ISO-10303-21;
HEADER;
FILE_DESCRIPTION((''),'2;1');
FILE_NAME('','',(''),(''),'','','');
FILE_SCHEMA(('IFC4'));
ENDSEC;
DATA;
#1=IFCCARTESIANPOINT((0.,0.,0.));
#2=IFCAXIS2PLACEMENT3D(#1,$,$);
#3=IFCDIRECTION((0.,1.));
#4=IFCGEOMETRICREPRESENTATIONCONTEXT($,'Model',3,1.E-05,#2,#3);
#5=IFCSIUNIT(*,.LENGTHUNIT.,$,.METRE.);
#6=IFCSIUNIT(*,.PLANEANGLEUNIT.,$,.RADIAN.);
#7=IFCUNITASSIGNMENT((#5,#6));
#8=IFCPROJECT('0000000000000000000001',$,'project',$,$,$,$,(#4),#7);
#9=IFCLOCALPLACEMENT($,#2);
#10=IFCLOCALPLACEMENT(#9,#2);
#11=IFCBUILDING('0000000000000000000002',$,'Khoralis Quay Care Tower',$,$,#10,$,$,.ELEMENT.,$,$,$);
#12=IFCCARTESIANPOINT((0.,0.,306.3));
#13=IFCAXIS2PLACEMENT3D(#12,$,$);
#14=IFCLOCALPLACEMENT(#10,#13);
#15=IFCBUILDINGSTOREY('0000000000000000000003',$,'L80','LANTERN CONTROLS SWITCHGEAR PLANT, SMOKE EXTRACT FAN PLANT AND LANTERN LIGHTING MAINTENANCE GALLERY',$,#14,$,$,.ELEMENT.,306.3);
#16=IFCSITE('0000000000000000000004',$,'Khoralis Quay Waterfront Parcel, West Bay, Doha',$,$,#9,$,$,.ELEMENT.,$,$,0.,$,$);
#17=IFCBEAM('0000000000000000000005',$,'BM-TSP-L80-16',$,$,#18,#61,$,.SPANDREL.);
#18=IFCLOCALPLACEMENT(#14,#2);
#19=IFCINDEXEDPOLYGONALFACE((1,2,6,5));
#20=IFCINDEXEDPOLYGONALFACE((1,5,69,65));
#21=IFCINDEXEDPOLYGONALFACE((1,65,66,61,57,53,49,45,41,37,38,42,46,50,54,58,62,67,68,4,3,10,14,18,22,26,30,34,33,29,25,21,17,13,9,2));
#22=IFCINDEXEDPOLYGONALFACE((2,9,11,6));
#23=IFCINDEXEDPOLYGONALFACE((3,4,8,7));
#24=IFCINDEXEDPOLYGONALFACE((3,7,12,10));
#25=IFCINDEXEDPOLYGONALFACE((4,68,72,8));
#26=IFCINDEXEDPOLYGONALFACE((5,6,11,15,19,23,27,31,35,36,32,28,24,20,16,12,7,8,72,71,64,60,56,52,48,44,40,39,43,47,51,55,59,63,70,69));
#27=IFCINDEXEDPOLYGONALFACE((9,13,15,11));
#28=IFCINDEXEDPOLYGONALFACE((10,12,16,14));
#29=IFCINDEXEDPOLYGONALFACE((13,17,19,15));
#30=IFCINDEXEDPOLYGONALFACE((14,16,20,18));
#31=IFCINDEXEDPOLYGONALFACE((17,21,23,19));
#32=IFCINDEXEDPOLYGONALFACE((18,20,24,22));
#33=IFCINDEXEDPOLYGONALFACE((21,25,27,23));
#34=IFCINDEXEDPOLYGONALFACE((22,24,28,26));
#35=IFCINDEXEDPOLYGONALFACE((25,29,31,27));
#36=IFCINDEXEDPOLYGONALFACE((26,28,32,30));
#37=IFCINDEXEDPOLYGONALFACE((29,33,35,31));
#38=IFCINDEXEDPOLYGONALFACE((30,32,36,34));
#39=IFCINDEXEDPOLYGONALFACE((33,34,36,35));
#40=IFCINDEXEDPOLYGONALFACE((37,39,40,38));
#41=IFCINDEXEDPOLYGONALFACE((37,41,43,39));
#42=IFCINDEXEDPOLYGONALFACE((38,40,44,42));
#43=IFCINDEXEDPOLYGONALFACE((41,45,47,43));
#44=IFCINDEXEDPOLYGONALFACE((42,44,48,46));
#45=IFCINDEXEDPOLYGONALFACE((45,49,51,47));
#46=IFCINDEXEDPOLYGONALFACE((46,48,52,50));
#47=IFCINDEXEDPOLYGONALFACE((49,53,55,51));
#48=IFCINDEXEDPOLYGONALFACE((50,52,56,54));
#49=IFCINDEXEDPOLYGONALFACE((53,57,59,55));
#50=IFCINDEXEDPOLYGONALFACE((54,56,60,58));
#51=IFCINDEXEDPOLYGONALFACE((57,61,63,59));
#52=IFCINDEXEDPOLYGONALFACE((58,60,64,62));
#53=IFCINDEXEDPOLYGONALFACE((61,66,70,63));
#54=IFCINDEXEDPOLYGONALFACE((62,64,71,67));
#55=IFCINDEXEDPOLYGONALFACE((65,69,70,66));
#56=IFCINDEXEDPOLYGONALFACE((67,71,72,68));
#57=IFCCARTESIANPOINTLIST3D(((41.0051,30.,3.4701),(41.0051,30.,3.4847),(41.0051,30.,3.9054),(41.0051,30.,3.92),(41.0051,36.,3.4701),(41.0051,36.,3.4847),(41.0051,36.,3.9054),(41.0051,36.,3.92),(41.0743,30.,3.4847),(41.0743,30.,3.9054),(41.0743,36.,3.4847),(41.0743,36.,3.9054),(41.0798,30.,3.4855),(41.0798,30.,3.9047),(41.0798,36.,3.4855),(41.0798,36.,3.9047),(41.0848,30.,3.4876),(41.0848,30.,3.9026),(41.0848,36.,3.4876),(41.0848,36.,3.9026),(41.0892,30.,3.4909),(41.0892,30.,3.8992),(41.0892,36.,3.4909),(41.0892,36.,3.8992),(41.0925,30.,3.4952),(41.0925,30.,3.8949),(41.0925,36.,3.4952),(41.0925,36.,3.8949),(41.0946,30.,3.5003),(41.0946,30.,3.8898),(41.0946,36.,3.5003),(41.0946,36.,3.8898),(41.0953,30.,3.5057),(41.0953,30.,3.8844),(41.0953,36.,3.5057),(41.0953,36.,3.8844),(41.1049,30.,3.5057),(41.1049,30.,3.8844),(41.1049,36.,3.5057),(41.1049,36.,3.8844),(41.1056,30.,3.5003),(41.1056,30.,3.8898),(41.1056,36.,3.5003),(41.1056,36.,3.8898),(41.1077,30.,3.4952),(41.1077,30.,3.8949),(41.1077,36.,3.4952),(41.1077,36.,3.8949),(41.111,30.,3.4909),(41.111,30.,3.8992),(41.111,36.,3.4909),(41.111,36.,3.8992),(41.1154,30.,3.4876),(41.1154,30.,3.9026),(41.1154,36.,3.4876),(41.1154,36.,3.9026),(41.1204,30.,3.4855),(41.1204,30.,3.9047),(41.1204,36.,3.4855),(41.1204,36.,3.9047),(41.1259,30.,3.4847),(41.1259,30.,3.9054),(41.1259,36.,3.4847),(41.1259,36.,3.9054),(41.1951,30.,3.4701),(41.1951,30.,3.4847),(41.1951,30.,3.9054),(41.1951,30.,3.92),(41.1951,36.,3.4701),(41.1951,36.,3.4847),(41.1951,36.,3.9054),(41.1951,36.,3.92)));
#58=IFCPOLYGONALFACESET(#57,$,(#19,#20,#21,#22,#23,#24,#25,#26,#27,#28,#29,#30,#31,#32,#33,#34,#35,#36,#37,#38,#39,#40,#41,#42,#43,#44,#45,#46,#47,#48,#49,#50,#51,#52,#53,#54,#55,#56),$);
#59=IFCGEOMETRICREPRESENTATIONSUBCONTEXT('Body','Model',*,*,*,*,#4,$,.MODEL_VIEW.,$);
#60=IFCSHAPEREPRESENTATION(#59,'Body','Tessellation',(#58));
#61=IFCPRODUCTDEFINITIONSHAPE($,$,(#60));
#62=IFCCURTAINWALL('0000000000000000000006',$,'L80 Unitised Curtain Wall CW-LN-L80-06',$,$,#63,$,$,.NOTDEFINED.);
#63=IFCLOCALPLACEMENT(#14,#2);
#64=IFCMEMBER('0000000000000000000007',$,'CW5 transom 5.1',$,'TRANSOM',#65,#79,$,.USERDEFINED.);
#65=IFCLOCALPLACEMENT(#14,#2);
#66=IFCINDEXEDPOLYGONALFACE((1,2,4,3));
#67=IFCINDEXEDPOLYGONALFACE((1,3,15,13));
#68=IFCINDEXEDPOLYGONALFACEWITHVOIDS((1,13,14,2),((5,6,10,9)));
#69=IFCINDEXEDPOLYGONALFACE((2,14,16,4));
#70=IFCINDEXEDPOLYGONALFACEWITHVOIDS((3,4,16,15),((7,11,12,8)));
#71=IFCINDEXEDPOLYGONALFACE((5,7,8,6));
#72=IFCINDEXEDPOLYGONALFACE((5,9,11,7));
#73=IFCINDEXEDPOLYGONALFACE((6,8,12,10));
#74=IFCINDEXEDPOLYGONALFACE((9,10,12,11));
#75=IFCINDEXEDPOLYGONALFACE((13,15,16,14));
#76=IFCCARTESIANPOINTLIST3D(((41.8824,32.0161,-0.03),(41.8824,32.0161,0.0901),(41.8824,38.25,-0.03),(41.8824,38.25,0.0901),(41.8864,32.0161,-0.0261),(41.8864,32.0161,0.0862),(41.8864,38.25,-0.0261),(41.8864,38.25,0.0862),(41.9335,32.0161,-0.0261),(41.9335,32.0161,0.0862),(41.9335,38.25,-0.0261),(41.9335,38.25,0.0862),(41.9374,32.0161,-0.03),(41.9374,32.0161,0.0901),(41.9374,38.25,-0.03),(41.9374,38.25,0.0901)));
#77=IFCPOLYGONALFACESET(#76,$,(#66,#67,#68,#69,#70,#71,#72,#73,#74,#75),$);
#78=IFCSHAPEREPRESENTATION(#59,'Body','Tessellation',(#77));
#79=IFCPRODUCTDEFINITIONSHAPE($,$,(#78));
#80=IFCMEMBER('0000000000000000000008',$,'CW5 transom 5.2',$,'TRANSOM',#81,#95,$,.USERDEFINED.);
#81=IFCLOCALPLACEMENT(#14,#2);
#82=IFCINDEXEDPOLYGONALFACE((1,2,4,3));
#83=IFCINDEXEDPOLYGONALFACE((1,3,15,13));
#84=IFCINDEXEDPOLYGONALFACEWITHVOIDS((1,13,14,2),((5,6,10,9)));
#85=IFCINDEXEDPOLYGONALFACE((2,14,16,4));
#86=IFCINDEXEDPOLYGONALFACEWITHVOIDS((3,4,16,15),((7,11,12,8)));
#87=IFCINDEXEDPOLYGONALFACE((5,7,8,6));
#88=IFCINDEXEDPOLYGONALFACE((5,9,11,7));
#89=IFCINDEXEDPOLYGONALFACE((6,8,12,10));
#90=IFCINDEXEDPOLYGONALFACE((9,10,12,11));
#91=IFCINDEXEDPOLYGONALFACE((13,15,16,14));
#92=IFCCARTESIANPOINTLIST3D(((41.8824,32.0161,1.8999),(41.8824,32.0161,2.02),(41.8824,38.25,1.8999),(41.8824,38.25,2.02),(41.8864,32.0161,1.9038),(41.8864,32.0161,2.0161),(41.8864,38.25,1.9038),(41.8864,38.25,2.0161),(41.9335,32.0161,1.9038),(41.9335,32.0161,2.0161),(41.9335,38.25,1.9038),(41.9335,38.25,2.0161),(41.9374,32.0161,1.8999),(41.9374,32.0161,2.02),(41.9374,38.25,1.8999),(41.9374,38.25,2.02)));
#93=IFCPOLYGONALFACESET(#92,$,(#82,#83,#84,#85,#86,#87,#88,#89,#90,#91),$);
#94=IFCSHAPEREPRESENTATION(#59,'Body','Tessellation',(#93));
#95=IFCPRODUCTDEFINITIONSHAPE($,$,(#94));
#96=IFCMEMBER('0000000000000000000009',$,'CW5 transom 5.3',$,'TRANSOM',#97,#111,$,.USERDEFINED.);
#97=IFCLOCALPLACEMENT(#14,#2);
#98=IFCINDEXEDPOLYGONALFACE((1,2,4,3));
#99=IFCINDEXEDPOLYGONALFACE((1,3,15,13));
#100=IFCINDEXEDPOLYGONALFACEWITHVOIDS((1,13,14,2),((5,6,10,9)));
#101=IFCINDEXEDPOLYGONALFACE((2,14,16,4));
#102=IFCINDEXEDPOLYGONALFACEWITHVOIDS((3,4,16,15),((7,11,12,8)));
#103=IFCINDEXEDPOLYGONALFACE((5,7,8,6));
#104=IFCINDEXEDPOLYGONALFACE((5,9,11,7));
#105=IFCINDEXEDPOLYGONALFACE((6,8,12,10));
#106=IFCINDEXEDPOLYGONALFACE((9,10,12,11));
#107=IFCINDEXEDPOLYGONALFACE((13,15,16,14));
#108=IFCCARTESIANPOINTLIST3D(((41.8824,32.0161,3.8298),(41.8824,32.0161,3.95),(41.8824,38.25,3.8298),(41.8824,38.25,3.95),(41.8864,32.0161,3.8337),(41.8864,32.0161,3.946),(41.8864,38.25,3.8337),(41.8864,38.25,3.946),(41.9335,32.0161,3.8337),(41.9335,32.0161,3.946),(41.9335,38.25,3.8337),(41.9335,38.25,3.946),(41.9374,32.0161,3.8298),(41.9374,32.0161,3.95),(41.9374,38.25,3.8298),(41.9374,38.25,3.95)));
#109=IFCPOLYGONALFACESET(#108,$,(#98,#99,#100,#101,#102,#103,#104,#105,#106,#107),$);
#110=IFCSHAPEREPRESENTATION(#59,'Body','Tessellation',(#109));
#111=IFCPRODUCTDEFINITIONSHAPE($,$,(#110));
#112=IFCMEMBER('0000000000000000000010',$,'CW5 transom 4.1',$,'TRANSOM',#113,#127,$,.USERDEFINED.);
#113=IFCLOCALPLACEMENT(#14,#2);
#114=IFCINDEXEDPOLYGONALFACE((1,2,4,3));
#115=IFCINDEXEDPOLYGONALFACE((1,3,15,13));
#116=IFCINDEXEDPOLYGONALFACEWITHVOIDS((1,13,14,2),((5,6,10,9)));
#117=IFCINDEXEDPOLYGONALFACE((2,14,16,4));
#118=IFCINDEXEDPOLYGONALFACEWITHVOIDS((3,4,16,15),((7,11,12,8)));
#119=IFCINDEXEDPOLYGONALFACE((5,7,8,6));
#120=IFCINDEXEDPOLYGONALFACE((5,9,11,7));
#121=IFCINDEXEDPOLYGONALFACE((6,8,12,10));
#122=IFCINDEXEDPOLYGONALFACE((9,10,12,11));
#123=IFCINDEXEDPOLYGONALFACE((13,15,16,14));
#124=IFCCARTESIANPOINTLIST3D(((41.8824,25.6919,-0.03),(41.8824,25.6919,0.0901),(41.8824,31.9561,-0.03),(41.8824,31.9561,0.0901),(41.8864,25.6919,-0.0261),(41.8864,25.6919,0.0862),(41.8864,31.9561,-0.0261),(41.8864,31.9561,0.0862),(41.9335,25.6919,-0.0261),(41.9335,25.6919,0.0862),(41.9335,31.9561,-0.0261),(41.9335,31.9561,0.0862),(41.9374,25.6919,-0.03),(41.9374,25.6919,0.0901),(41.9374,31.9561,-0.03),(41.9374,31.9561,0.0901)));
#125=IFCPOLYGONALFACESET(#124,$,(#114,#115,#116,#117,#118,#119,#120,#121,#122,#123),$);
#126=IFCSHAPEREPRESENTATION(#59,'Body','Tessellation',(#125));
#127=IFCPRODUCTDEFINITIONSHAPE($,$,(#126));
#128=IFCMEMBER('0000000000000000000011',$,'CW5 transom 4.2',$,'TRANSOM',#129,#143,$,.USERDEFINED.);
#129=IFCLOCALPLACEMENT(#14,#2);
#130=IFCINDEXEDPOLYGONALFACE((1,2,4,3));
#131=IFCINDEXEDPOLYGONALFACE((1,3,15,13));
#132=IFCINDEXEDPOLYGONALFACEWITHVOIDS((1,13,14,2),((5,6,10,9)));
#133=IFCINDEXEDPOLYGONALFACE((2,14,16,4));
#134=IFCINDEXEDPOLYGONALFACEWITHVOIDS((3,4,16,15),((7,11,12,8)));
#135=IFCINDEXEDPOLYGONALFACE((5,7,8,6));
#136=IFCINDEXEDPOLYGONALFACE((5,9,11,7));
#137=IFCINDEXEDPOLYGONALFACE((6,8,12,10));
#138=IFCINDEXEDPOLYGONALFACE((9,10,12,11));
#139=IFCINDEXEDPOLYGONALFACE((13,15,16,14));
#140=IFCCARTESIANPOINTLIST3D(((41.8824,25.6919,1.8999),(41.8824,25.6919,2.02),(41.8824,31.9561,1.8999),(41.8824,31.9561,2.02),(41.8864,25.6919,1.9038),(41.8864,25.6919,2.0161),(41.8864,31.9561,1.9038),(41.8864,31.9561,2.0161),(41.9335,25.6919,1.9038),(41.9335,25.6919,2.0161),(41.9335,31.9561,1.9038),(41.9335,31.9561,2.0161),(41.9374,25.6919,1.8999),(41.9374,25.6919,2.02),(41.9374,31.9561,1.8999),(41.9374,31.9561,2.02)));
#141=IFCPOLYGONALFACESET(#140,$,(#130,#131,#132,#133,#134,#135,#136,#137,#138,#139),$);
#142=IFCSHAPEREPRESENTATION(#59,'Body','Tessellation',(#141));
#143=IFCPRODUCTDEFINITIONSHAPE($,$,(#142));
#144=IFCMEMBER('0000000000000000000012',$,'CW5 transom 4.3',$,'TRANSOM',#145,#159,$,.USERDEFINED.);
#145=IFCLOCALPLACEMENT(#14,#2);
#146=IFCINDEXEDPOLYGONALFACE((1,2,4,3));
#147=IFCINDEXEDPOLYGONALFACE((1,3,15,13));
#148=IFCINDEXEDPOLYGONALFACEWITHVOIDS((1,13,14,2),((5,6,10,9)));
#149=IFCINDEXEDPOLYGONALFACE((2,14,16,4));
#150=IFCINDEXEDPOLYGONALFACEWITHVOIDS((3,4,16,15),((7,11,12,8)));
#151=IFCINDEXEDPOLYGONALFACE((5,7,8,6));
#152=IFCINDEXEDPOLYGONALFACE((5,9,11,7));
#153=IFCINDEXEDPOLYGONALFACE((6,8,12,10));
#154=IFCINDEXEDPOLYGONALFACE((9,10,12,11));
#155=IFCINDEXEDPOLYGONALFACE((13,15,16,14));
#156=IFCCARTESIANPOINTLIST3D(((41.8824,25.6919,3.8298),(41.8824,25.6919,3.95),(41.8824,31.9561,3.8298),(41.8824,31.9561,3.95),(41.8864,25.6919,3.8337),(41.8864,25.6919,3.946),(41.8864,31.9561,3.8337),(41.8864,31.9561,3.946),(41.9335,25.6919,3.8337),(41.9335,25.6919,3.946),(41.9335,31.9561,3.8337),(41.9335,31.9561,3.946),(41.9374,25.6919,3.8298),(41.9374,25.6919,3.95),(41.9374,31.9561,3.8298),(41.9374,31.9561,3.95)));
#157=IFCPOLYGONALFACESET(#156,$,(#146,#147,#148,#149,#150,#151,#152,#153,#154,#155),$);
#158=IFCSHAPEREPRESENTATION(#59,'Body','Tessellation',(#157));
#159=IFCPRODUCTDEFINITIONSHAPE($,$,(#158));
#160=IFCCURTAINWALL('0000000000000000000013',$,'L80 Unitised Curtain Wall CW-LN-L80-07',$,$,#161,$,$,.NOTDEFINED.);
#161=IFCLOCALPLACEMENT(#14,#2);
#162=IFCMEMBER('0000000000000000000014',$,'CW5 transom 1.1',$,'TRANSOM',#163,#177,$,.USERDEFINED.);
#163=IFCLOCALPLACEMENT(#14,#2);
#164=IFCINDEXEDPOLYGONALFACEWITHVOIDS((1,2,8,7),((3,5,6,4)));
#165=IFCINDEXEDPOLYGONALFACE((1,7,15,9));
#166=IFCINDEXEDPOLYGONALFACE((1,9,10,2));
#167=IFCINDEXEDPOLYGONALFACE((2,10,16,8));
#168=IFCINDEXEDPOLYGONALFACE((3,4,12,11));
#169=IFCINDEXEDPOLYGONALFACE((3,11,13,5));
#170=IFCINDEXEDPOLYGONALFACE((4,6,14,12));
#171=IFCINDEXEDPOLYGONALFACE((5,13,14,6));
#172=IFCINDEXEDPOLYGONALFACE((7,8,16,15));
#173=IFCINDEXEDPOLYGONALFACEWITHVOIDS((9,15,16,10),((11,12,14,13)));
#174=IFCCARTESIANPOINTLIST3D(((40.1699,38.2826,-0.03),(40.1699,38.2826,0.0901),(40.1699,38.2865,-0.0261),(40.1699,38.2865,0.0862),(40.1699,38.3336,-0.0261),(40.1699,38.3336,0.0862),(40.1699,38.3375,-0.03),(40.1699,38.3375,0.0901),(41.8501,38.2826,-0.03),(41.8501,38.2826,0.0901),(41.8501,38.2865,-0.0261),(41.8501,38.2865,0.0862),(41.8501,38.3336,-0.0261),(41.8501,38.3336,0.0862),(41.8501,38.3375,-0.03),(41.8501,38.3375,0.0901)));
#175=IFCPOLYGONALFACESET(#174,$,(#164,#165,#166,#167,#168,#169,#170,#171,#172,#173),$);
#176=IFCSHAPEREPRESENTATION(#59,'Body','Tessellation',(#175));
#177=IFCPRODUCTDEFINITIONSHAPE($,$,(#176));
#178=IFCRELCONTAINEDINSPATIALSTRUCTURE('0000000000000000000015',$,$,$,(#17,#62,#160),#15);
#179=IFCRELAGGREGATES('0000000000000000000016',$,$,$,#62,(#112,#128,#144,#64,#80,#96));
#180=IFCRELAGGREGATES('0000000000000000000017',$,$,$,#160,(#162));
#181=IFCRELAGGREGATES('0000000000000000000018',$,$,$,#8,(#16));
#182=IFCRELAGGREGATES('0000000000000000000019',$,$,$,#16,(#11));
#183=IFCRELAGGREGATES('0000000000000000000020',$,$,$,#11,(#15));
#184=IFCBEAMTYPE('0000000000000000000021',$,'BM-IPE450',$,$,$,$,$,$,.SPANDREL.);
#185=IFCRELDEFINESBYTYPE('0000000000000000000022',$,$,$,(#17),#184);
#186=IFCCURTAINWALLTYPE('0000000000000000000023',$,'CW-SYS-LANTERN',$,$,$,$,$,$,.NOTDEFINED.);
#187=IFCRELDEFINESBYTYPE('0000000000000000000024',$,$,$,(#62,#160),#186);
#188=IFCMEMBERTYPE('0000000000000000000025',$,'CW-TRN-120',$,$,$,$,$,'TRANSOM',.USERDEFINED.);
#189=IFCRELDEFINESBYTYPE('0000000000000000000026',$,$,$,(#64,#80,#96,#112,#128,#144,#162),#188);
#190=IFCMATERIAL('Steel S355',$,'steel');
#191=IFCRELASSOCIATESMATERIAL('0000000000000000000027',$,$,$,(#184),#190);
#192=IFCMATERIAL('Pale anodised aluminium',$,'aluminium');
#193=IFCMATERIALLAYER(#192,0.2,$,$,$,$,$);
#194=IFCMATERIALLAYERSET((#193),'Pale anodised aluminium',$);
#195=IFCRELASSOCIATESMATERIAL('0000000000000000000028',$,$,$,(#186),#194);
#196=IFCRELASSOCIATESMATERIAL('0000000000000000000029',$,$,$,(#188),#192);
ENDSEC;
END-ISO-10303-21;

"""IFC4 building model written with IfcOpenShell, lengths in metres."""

from ifc_helpers import new_model, si_unit, direction, frame, origin, origin_2d, place, context, subcontext, project, spatial, hollow_rectangle, i_section, extrude, source, transform, mapped, material, layer, layer_set, material_profile, profile_set, type_object, element, aggregate, save


model = new_model("IFC4")

# Units and contexts
model_context = context("Model", 3, precision=1e-05, world=origin(), true_north=direction((0.0, 1.0)))
body_context = subcontext(model_context, "Body", "Model", "MODEL_VIEW")
ifc_project = project(units=[si_unit("LENGTHUNIT", "METRE"), si_unit("PLANEANGLEUNIT", "RADIAN")], contexts=[model_context])

# Site, building, storey
site_placement = place(None, origin())
site = spatial("IfcSite", under=ifc_project, at=site_placement, Name="Khoralis Quay Waterfront Parcel, West Bay, Doha", CompositionType="ELEMENT", RefElevation=0.0)
building_placement = place(site_placement, origin())
building = spatial("IfcBuilding", under=site, at=building_placement, Name="Khoralis Quay Care Tower", CompositionType="ELEMENT")
storey_placement = place(building_placement, frame((0.0, 0.0, 306.3)))
storey = spatial("IfcBuildingStorey", under=building, at=storey_placement, Name="L80", Description="LANTERN CONTROLS SWITCHGEAR PLANT, SMOKE EXTRACT FAN PLANT AND LANTERN LIGHTING MAINTENANCE GALLERY", CompositionType="ELEMENT", Elevation=306.3)

# Shared definitions
ifc_material_1 = material(Name="Steel S355", Category="steel")

# Beam
ifc_material_profile_1 = material_profile(ifc_material_1, i_section(OverallWidth=0.1899, OverallDepth=0.45, WebThickness=0.0095, FlangeThickness=0.0146, FilletRadius=0.021, at=origin_2d()), Name="Steel S355")
ifc_profile_set_1 = profile_set([ifc_material_profile_1], Name="Steel S355")
beam_type = type_object("IfcBeamType", Name="BM-IPE450", PredefinedType="SPANDREL", material=ifc_profile_set_1)
shared_shape_1 = source(origin(), body_context, "Body", "SweptSolid", [
    extrude(i_section(OverallWidth=0.1899, OverallDepth=0.45, WebThickness=0.0095, FlangeThickness=0.0146, FilletRadius=0.021, at=origin_2d()), origin(), (0.0, 0.0, 1.0), 6.0),
])
for number, where, z_axis, x_axis, name in (
    (1, (41.1001, 30.0, 3.6951), (0.0, 1.0, 0.0), (-1.0, 0.0, 0.0), "BM-TSP-L80-16"),
):
    element("IfcBeam", number, at=place(storey_placement, frame(where, z_axis=z_axis, x_axis=x_axis)), inside=storey, type_object=beam_type, Name=name, PredefinedType="SPANDREL", context=body_context, shape_type="MappedRepresentation", body=[
        mapped(shared_shape_1, transform((0.0, 0.0, 0.0), scale=1.0)),
    ])

# Curtain wall, members
ifc_material_2 = material(Name="Pale anodised aluminium", Category="aluminium")
ifc_layer_1 = layer(ifc_material_2, 0.2)
ifc_layer_set_1 = layer_set([ifc_layer_1], Name="Pale anodised aluminium")
curtain_wall_type = type_object("IfcCurtainWallType", Name="CW-SYS-LANTERN", PredefinedType="NOTDEFINED", material=ifc_layer_set_1)
curtain_wall_1_placement = place(storey_placement, origin())
curtain_wall_1 = element("IfcCurtainWall", 2, at=curtain_wall_1_placement, inside=storey, type_object=curtain_wall_type, Name="L80 Unitised Curtain Wall CW-LN-L80-06", PredefinedType="NOTDEFINED")
ifc_material_profile_2 = material_profile(ifc_material_2, hollow_rectangle(XDim=0.0549, YDim=0.1201, WallThickness=0.0039, at=origin_2d()), Name="Pale anodised aluminium")
ifc_profile_set_2 = profile_set([ifc_material_profile_2], Name="Pale anodised aluminium")
member_type_1 = type_object("IfcMemberType", Name="CW-TRN-120", ElementType="TRANSOM", PredefinedType="USERDEFINED", material=ifc_profile_set_2)
shared_shape_2 = source(origin(), body_context, "Body", "SweptSolid", [
    extrude(hollow_rectangle(XDim=0.0549, YDim=0.1201, WallThickness=0.0039, at=origin_2d()), origin(), (0.0, 0.0, 1.0), 6.2339),
])
member_1_placement = place(storey_placement, frame((41.9099, 32.0161, 0.03), z_axis=(0.0, 1.0, 0.0), x_axis=(-1.0, 0.0, 0.0)))
member_1 = element("IfcMember", 3, at=member_1_placement, type_object=member_type_1, Name="CW5 transom 5.1", ObjectType="TRANSOM", PredefinedType="USERDEFINED", context=body_context, shape_type="MappedRepresentation", body=[
    mapped(shared_shape_2, transform((0.0, 0.0, 0.0), scale=1.0)),
])
member_2_placement = place(storey_placement, frame((41.9099, 32.0161, 1.96), z_axis=(0.0, 1.0, 0.0), x_axis=(-1.0, 0.0, 0.0)))
member_2 = element("IfcMember", 4, at=member_2_placement, type_object=member_type_1, Name="CW5 transom 5.2", ObjectType="TRANSOM", PredefinedType="USERDEFINED", context=body_context, shape_type="MappedRepresentation", body=[
    mapped(shared_shape_2, transform((0.0, 0.0, 0.0), scale=1.0)),
])
member_3_placement = place(storey_placement, frame((41.9099, 32.0161, 3.8899), z_axis=(0.0, 1.0, 0.0), x_axis=(-1.0, 0.0, 0.0)))
member_3 = element("IfcMember", 5, at=member_3_placement, type_object=member_type_1, Name="CW5 transom 5.3", ObjectType="TRANSOM", PredefinedType="USERDEFINED", context=body_context, shape_type="MappedRepresentation", body=[
    mapped(shared_shape_2, transform((0.0, 0.0, 0.0), scale=1.0)),
])
shared_shape_3 = source(origin(), body_context, "Body", "SweptSolid", [
    extrude(hollow_rectangle(XDim=0.0549, YDim=0.1201, WallThickness=0.0039, at=origin_2d()), origin(), (0.0, 0.0, 1.0), 6.2642),
])
member_4_placement = place(storey_placement, frame((41.9099, 25.6919, 0.03), z_axis=(0.0, 1.0, 0.0), x_axis=(-1.0, 0.0, 0.0)))
member_4 = element("IfcMember", 6, at=member_4_placement, type_object=member_type_1, Name="CW5 transom 4.1", ObjectType="TRANSOM", PredefinedType="USERDEFINED", context=body_context, shape_type="MappedRepresentation", body=[
    mapped(shared_shape_3, transform((0.0, 0.0, 0.0), scale=1.0)),
])
member_5_placement = place(storey_placement, frame((41.9099, 25.6919, 1.96), z_axis=(0.0, 1.0, 0.0), x_axis=(-1.0, 0.0, 0.0)))
member_5 = element("IfcMember", 7, at=member_5_placement, type_object=member_type_1, Name="CW5 transom 4.2", ObjectType="TRANSOM", PredefinedType="USERDEFINED", context=body_context, shape_type="MappedRepresentation", body=[
    mapped(shared_shape_3, transform((0.0, 0.0, 0.0), scale=1.0)),
])
member_6_placement = place(storey_placement, frame((41.9099, 25.6919, 3.8899), z_axis=(0.0, 1.0, 0.0), x_axis=(-1.0, 0.0, 0.0)))
member_6 = element("IfcMember", 8, at=member_6_placement, type_object=member_type_1, Name="CW5 transom 4.3", ObjectType="TRANSOM", PredefinedType="USERDEFINED", context=body_context, shape_type="MappedRepresentation", body=[
    mapped(shared_shape_3, transform((0.0, 0.0, 0.0), scale=1.0)),
])

# Curtain wall, member
curtain_wall_2_placement = place(storey_placement, origin())
curtain_wall_2 = element("IfcCurtainWall", 9, at=curtain_wall_2_placement, inside=storey, type_object=curtain_wall_type, Name="L80 Unitised Curtain Wall CW-LN-L80-07", PredefinedType="NOTDEFINED")
shared_shape_4 = source(origin(), body_context, "Body", "SweptSolid", [
    extrude(hollow_rectangle(XDim=0.0549, YDim=0.1201, WallThickness=0.0039, at=origin_2d()), origin(), (0.0, 0.0, 1.0), 1.6802),
])
member_7_placement = place(storey_placement, frame((41.8501, 38.3101, 0.03), z_axis=(-1.0, 0.0, 0.0), x_axis=(0.0, -1.0, 0.0)))
member_7 = element("IfcMember", 10, at=member_7_placement, type_object=member_type_1, Name="CW5 transom 1.1", ObjectType="TRANSOM", PredefinedType="USERDEFINED", context=body_context, shape_type="MappedRepresentation", body=[
    mapped(shared_shape_4, transform((0.0, 0.0, 0.0), scale=1.0)),
])

aggregate(curtain_wall_1, [member_4, member_5, member_6, member_1, member_2, member_3])
aggregate(curtain_wall_2, [member_7])

save(model, "model.ifc")
